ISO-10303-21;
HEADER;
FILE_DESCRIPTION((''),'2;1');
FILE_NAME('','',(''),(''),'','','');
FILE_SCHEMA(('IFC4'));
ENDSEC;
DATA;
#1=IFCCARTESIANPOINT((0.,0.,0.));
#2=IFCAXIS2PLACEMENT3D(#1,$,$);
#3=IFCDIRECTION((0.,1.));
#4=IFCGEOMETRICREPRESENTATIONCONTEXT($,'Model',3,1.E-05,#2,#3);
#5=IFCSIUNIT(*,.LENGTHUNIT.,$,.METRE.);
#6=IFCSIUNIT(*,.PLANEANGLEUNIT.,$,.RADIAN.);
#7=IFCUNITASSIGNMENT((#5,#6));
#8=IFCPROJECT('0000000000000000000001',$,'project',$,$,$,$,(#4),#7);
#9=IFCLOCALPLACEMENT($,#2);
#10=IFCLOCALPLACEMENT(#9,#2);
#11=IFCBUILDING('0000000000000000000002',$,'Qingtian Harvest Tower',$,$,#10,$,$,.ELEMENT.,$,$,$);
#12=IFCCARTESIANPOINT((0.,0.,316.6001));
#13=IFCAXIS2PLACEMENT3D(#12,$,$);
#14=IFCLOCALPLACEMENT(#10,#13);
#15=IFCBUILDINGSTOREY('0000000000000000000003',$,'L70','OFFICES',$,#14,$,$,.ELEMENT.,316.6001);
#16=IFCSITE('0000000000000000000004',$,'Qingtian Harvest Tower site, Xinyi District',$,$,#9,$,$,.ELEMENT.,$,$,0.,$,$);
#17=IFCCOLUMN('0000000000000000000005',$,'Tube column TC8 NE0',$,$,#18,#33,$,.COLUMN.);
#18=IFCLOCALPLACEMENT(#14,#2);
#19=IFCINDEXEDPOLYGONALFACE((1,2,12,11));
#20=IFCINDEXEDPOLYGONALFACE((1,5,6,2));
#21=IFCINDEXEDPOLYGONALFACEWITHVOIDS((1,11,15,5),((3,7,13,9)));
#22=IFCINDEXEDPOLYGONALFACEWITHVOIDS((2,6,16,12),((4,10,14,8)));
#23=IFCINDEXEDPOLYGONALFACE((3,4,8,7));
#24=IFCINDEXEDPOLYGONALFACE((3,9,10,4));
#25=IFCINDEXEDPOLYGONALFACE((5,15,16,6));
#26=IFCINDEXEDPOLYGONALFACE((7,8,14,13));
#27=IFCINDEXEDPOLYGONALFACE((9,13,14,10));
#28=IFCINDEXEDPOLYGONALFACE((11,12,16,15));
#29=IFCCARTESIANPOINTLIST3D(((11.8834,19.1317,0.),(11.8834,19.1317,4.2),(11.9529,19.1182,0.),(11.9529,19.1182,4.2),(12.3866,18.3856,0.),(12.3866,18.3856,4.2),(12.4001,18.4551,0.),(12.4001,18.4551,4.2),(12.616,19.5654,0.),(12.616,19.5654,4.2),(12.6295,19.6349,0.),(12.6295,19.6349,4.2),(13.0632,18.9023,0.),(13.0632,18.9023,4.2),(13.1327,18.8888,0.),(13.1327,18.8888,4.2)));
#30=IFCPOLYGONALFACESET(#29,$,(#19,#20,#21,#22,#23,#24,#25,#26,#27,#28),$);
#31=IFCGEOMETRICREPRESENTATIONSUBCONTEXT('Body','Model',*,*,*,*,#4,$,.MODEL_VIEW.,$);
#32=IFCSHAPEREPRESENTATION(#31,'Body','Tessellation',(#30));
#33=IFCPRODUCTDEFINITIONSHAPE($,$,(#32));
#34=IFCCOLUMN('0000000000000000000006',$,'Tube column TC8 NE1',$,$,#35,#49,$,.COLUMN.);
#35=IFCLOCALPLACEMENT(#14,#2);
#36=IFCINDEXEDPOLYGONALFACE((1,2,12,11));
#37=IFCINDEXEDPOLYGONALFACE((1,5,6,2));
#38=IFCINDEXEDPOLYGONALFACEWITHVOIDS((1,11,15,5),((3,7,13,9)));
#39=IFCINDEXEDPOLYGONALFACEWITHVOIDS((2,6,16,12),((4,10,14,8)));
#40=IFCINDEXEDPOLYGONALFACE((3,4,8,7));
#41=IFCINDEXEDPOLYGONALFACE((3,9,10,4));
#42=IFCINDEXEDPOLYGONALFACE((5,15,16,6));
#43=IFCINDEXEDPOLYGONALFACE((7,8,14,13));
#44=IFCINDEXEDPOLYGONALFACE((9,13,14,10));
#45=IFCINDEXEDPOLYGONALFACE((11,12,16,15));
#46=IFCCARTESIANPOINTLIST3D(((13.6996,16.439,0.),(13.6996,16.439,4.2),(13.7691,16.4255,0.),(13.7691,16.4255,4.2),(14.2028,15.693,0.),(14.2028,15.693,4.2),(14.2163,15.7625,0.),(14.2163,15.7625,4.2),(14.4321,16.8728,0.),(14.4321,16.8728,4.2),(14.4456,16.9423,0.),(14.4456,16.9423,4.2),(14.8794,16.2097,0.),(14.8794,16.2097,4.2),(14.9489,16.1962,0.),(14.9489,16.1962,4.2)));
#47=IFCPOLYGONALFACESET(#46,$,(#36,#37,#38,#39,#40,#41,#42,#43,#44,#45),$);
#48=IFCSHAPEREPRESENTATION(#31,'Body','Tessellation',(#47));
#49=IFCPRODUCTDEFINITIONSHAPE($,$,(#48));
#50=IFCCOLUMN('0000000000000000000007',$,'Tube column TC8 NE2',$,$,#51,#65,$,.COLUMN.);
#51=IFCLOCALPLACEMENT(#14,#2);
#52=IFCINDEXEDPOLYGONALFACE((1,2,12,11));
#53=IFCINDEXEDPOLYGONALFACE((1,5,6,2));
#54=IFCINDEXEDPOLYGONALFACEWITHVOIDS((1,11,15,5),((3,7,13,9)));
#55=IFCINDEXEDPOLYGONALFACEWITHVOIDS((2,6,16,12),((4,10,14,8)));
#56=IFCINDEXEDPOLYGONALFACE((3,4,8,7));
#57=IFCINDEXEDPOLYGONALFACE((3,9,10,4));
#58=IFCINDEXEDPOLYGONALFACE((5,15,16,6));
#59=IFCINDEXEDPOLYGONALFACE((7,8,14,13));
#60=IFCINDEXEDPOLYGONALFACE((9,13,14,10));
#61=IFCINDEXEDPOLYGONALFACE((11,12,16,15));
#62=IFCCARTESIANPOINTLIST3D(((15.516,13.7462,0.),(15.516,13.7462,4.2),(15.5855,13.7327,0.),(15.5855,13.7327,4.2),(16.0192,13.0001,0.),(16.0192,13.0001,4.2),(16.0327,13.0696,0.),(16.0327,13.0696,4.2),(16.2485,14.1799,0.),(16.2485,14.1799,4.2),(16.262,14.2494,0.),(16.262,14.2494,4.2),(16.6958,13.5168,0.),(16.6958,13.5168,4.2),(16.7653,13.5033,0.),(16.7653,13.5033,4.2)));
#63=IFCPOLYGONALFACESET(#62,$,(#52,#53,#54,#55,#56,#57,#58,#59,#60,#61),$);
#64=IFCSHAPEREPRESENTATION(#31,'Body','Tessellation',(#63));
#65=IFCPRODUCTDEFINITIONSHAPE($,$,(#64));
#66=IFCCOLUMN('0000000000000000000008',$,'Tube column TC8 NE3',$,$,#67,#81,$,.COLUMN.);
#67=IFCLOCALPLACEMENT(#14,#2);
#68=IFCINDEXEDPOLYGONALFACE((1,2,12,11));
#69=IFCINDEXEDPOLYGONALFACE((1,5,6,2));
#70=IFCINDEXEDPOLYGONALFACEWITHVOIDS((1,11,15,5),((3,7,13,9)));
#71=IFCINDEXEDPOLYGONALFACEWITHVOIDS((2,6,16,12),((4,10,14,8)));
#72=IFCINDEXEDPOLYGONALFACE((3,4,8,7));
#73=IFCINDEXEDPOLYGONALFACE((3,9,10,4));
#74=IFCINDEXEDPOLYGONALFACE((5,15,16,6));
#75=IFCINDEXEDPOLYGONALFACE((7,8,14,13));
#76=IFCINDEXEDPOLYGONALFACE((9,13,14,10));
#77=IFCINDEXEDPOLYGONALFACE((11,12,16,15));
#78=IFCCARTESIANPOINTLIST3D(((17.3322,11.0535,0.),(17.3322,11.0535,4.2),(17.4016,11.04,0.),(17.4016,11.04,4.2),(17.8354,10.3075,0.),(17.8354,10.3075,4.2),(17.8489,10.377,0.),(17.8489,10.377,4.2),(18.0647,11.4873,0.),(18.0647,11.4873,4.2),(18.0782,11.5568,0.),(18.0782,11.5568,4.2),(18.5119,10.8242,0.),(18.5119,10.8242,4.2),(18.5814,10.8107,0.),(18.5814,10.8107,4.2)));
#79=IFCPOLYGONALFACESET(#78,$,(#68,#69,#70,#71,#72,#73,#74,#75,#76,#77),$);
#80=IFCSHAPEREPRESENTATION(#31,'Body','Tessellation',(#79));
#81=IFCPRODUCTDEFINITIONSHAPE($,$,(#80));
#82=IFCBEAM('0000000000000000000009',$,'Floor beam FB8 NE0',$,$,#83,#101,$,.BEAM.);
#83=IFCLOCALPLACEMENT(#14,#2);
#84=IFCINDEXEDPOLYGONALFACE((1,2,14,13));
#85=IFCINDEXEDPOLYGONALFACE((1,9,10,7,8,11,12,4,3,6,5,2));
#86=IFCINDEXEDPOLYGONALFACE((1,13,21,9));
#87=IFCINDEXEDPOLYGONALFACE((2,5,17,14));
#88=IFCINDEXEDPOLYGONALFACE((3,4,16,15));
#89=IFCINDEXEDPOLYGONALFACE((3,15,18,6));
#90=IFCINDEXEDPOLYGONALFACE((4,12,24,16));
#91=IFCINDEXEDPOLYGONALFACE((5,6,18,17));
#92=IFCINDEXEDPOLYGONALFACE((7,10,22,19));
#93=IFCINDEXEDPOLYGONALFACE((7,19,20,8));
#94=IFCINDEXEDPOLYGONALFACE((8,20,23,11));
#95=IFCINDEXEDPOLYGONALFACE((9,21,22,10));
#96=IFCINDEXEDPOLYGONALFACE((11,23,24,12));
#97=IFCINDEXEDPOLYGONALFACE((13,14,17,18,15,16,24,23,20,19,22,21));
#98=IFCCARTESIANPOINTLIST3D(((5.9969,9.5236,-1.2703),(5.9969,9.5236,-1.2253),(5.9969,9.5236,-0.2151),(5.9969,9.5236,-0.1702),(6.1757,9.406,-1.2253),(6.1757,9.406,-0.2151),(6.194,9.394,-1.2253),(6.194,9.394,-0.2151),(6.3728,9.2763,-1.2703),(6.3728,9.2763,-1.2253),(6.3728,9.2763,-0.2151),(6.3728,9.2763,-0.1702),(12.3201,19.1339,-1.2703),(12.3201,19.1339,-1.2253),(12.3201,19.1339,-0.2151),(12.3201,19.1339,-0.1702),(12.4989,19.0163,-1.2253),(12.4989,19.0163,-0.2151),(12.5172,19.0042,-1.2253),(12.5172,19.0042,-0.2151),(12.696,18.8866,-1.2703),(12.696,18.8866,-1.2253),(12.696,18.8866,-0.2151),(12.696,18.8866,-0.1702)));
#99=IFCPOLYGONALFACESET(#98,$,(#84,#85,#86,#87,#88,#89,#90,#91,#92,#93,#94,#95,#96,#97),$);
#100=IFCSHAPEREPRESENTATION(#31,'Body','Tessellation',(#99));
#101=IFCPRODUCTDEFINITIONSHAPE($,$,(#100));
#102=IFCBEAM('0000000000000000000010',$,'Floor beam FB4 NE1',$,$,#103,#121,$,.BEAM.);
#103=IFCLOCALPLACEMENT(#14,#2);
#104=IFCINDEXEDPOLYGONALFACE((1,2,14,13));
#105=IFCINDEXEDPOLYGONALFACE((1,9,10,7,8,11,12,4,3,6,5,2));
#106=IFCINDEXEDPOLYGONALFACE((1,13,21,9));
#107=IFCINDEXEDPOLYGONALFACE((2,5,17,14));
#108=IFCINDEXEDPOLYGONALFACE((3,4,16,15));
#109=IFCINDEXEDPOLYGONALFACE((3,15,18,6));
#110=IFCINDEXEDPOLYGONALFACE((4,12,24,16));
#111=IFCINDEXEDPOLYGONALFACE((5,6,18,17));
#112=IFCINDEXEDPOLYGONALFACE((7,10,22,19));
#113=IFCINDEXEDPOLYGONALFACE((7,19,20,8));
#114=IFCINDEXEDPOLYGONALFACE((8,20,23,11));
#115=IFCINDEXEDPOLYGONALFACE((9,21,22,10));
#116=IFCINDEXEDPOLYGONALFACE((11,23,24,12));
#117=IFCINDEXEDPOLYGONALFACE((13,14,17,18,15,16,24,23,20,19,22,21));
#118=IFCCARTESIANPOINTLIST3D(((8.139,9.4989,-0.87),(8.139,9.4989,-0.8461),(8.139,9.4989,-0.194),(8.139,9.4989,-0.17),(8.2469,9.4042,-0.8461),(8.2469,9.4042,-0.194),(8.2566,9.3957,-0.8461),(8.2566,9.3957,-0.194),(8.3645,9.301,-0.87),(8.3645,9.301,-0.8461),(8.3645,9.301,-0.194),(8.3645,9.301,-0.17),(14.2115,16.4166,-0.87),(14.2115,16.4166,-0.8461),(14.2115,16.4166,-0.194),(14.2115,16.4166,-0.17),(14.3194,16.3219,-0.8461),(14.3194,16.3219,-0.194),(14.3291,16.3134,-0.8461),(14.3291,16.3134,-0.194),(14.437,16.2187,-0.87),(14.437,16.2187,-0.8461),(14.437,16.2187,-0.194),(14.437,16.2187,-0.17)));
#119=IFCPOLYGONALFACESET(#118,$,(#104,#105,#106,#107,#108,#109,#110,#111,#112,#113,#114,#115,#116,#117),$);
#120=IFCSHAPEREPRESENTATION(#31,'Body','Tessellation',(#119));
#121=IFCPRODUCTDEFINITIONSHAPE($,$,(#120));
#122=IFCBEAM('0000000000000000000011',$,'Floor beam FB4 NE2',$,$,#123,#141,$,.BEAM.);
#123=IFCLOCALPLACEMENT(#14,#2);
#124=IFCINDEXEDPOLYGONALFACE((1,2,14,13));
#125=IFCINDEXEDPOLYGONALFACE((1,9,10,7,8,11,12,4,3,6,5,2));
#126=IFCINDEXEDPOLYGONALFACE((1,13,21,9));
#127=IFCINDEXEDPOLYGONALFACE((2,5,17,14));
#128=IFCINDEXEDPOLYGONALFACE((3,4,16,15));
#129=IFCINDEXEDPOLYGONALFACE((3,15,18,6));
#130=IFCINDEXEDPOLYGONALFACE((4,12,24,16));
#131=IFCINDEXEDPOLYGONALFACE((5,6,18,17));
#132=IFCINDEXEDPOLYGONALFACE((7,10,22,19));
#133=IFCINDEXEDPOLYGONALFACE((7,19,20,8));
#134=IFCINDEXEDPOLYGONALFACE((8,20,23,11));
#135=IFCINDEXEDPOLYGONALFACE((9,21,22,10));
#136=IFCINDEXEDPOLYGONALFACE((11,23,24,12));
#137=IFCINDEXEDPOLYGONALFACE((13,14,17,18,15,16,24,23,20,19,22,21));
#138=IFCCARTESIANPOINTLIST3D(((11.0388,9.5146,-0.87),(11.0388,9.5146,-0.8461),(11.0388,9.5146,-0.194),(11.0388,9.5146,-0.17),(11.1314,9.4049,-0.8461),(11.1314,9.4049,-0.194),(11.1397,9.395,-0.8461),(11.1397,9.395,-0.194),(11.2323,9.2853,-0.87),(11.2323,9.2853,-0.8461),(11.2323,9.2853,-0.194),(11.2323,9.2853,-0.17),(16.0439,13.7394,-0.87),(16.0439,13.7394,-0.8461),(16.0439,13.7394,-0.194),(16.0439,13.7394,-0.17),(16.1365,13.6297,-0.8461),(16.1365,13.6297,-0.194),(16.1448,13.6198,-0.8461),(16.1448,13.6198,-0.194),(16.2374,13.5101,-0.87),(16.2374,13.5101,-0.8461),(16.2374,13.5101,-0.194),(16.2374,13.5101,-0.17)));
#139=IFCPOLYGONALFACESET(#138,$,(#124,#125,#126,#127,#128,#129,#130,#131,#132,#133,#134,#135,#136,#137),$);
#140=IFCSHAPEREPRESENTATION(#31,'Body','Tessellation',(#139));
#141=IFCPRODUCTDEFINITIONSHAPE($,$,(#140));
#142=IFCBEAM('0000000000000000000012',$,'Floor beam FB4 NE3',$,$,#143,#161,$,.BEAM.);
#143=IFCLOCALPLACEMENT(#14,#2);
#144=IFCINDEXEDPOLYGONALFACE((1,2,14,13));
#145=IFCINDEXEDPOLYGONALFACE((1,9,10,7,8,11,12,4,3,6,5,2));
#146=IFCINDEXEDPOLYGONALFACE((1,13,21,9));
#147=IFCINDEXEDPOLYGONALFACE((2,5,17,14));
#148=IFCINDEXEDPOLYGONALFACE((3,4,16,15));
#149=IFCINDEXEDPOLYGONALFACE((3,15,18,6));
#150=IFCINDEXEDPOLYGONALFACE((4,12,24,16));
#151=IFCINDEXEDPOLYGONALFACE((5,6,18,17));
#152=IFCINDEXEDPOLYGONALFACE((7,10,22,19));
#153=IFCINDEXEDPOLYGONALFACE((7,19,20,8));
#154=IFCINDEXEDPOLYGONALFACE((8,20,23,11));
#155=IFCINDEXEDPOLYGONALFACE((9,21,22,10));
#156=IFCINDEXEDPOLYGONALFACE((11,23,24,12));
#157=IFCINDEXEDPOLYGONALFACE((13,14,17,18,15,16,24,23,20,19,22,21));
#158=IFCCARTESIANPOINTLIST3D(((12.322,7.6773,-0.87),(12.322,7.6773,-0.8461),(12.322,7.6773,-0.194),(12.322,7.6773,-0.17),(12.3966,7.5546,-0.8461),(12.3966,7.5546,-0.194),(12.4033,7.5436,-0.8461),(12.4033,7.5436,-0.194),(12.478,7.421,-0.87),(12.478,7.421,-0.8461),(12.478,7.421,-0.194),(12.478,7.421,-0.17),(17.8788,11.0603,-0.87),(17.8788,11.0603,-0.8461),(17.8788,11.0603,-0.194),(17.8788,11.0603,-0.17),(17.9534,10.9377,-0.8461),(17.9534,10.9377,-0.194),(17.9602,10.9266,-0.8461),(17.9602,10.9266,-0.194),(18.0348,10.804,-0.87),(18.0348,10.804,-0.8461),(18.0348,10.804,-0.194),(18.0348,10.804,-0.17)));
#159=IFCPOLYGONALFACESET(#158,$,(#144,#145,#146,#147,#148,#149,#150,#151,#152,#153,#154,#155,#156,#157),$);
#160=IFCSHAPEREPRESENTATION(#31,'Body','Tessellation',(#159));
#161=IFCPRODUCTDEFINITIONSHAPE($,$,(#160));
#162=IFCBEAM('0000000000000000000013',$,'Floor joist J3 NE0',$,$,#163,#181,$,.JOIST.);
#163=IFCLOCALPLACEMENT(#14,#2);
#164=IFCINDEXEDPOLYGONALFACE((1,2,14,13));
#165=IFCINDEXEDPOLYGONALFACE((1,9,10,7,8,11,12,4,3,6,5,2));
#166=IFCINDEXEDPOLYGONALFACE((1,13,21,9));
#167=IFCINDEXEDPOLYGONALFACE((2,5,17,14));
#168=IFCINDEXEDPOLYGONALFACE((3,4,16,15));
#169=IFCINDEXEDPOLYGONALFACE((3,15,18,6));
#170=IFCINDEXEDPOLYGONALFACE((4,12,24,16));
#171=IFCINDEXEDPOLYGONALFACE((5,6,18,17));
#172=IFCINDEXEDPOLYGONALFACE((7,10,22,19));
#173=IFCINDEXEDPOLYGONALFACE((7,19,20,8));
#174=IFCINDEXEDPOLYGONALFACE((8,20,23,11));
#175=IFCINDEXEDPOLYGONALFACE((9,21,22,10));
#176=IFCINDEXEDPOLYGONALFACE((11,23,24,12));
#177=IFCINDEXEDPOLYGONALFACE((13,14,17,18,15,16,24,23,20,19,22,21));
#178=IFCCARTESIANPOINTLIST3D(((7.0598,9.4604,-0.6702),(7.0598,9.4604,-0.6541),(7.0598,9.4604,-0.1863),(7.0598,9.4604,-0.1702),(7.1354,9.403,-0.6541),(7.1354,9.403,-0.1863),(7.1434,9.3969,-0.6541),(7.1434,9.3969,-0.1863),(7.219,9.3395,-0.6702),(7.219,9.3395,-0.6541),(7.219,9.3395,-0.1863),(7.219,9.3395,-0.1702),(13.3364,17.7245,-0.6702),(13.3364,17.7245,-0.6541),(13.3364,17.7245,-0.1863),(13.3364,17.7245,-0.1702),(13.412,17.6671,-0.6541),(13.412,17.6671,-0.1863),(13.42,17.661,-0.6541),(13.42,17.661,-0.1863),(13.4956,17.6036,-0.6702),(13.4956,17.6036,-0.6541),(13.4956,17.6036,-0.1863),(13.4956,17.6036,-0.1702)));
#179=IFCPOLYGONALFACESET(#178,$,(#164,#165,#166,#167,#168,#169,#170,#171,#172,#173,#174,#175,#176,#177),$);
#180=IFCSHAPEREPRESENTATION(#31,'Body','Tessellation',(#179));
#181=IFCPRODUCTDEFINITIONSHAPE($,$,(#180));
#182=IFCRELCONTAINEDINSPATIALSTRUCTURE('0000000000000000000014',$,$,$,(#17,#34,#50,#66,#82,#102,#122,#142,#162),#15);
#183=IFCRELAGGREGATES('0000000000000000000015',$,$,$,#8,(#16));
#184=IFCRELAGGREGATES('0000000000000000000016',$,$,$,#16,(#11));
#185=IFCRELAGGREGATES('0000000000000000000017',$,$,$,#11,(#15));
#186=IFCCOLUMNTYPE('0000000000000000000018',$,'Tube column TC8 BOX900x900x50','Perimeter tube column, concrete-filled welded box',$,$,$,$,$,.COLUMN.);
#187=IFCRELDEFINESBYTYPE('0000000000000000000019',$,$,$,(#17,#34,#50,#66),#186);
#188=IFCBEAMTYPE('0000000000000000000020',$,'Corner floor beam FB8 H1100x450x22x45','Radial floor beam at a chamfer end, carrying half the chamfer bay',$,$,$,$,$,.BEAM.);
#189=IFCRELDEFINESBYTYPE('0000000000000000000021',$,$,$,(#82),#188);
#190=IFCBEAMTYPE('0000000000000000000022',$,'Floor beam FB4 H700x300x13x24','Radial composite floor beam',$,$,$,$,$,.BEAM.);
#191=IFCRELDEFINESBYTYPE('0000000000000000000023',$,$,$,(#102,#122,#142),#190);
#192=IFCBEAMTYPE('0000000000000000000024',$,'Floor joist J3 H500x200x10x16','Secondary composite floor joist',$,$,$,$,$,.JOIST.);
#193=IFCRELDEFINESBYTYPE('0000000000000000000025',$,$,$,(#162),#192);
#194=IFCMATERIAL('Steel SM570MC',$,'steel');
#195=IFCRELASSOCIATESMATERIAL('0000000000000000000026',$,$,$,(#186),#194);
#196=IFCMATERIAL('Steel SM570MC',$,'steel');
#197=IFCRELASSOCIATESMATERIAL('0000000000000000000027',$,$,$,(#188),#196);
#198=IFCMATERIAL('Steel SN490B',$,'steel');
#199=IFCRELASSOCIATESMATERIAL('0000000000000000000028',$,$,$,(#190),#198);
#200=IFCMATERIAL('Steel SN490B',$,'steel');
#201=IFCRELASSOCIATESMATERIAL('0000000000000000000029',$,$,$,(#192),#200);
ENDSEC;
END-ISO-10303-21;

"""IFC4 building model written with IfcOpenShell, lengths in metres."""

from ifc_helpers import new_model, si_unit, direction, frame, origin, origin_2d, place, context, subcontext, project, spatial, hollow_rectangle, i_section, extrude, material, material_profile, profile_set, type_object, element, save


model = new_model("IFC4")

# Units and contexts
model_context = context("Model", 3, precision=1e-05, world=origin(), true_north=direction((0.0, 1.0)))
body_context = subcontext(model_context, "Body", "Model", "MODEL_VIEW")
ifc_project = project(units=[si_unit("LENGTHUNIT", "METRE"), si_unit("PLANEANGLEUNIT", "RADIAN")], contexts=[model_context])

# Site, building, storey
site_placement = place(None, origin())
site = spatial("IfcSite", under=ifc_project, at=site_placement, Name="Qingtian Harvest Tower site, Xinyi District", CompositionType="ELEMENT", RefElevation=0.0)
building_placement = place(site_placement, origin())
building = spatial("IfcBuilding", under=site, at=building_placement, Name="Qingtian Harvest Tower", CompositionType="ELEMENT")
storey_placement = place(building_placement, frame((0.0, 0.0, 316.6001)))
storey = spatial("IfcBuildingStorey", under=building, at=storey_placement, Name="L70", Description="OFFICES", CompositionType="ELEMENT", Elevation=316.6001)

# Columns
ifc_material_1 = material(Name="Steel SM570MC", Category="steel")
ifc_material_profile_1 = material_profile(ifc_material_1, hollow_rectangle(XDim=0.8999, YDim=0.8999, WallThickness=0.05, at=origin_2d()), Name="BOX900x900x50")
ifc_profile_set_1 = profile_set([ifc_material_profile_1], Name="Steel SM570MC")
column_type = type_object("IfcColumnType", Name="Tube column TC8 BOX900x900x50", Description="Perimeter tube column, concrete-filled welded box", PredefinedType="COLUMN", material=ifc_profile_set_1)
for number, where, z_axis, x_axis, name in (
    (1, (12.5081, 19.0103, 0.0), (0.0, 0.0, 1.0), (-0.559193, 0.829038, 0.0), "Tube column TC8 NE0"),
    (2, (14.3242, 16.3176, 0.0), (0.0, 0.0, 1.0), (-0.559193, 0.829038, 0.0), "Tube column TC8 NE1"),
    (3, (16.1406, 13.6248, 0.0), (0.0, 0.0, 1.0), (-0.559193, 0.829038, 0.0), "Tube column TC8 NE2"),
    (4, (17.9568, 10.9321, 0.0), (0.0, 0.0, 1.0), (-0.559193, 0.829038, 0.0), "Tube column TC8 NE3"),
):
    element("IfcColumn", number, at=place(storey_placement, frame(where, z_axis=z_axis, x_axis=x_axis)), inside=storey, type_object=column_type, Name=name, PredefinedType="COLUMN", context=body_context, shape_type="SweptSolid", body=[
        extrude(hollow_rectangle(XDim=0.8999, YDim=0.8999, WallThickness=0.05, at=origin_2d()), origin(), (0.0, 0.0, 1.0), 4.2),
    ])

# Beams
ifc_material_2 = material(Name="Steel SM570MC", Category="steel")
ifc_material_profile_2 = material_profile(ifc_material_2, i_section(OverallWidth=0.45, OverallDepth=1.1001, WebThickness=0.022, FlangeThickness=0.0449, at=origin_2d()), Name="H1100x450x22x45")
ifc_profile_set_2 = profile_set([ifc_material_profile_2], Name="Steel SM570MC")
beam_type_1 = type_object("IfcBeamType", Name="Corner floor beam FB8 H1100x450x22x45", Description="Radial floor beam at a chamfer end, carrying half the chamfer bay", PredefinedType="BEAM", material=ifc_profile_set_2)
beam_1_placement = place(storey_placement, frame((12.5081, 19.0103, -0.7202), z_axis=(-0.549655, -0.835391, 0.0), x_axis=(0.835391, -0.549655, 0.0)))
element("IfcBeam", 5, at=beam_1_placement, inside=storey, type_object=beam_type_1, Name="Floor beam FB8 NE0", PredefinedType="BEAM", context=body_context, shape_type="SweptSolid", body=[
    extrude(i_section(OverallWidth=0.45, OverallDepth=1.1001, WebThickness=0.022, FlangeThickness=0.0449, at=origin_2d()), origin(), (0.0, 0.0, 1.0), 11.5039),
])
ifc_material_3 = material(Name="Steel SN490B", Category="steel")
ifc_material_profile_3 = material_profile(ifc_material_3, i_section(OverallWidth=0.3, OverallDepth=0.7, WebThickness=0.0129, FlangeThickness=0.0239, at=origin_2d()), Name="H700x300x13x24")
ifc_profile_set_3 = profile_set([ifc_material_profile_3], Name="Steel SN490B")
beam_type_2 = type_object("IfcBeamType", Name="Floor beam FB4 H700x300x13x24", Description="Radial composite floor beam", PredefinedType="BEAM", material=ifc_profile_set_3)
beam_2_placement = place(storey_placement, frame((14.3242, 16.3176, -0.52), z_axis=(-0.659704, -0.751526, 0.0), x_axis=(0.751526, -0.659704, 0.0)))
element("IfcBeam", 6, at=beam_2_placement, inside=storey, type_object=beam_type_2, Name="Floor beam FB4 NE1", PredefinedType="BEAM", context=body_context, shape_type="SweptSolid", body=[
    extrude(i_section(OverallWidth=0.3, OverallDepth=0.7, WebThickness=0.0129, FlangeThickness=0.0239, at=origin_2d()), origin(), (0.0, 0.0, 1.0), 9.2048),
])
beam_3_placement = place(storey_placement, frame((16.1406, 13.6248, -0.52), z_axis=(-0.764158, -0.645029, 0.0), x_axis=(0.645029, -0.764158, 0.0)))
element("IfcBeam", 7, at=beam_3_placement, inside=storey, type_object=beam_type_2, Name="Floor beam FB4 NE2", PredefinedType="BEAM", context=body_context, shape_type="SweptSolid", body=[
    extrude(i_section(OverallWidth=0.3, OverallDepth=0.7, WebThickness=0.0129, FlangeThickness=0.0239, at=origin_2d()), origin(), (0.0, 0.0, 1.0), 6.5498),
])
beam_4_placement = place(storey_placement, frame((17.9568, 10.9321, -0.52), z_axis=(-0.854157, -0.520015, 0.0), x_axis=(0.520015, -0.854157, 0.0)))
element("IfcBeam", 8, at=beam_4_placement, inside=storey, type_object=beam_type_2, Name="Floor beam FB4 NE3", PredefinedType="BEAM", context=body_context, shape_type="SweptSolid", body=[
    extrude(i_section(OverallWidth=0.3, OverallDepth=0.7, WebThickness=0.0129, FlangeThickness=0.0239, at=origin_2d()), origin(), (0.0, 0.0, 1.0), 6.5056),
])
ifc_material_4 = material(Name="Steel SN490B", Category="steel")
ifc_material_profile_4 = material_profile(ifc_material_4, i_section(OverallWidth=0.2, OverallDepth=0.5, WebThickness=0.01, FlangeThickness=0.0161, at=origin_2d()), Name="H500x200x10x16")
ifc_profile_set_4 = profile_set([ifc_material_profile_4], Name="Steel SN490B")
beam_type_3 = type_object("IfcBeamType", Name="Floor joist J3 H500x200x10x16", Description="Secondary composite floor joist", PredefinedType="JOIST", material=ifc_profile_set_4)
beam_5_placement = place(storey_placement, frame((13.416, 17.6641, -0.4202), z_axis=(-0.60483, -0.796355, 0.0), x_axis=(0.796355, -0.60483, 0.0)))
element("IfcBeam", 9, at=beam_5_placement, inside=storey, type_object=beam_type_3, Name="Floor joist J3 NE0", PredefinedType="JOIST", context=body_context, shape_type="SweptSolid", body=[
    extrude(i_section(OverallWidth=0.2, OverallDepth=0.5, WebThickness=0.01, FlangeThickness=0.0161, at=origin_2d()), origin(), (0.0, 0.0, 1.0), 10.3774),
])

save(model, "model.ifc")
